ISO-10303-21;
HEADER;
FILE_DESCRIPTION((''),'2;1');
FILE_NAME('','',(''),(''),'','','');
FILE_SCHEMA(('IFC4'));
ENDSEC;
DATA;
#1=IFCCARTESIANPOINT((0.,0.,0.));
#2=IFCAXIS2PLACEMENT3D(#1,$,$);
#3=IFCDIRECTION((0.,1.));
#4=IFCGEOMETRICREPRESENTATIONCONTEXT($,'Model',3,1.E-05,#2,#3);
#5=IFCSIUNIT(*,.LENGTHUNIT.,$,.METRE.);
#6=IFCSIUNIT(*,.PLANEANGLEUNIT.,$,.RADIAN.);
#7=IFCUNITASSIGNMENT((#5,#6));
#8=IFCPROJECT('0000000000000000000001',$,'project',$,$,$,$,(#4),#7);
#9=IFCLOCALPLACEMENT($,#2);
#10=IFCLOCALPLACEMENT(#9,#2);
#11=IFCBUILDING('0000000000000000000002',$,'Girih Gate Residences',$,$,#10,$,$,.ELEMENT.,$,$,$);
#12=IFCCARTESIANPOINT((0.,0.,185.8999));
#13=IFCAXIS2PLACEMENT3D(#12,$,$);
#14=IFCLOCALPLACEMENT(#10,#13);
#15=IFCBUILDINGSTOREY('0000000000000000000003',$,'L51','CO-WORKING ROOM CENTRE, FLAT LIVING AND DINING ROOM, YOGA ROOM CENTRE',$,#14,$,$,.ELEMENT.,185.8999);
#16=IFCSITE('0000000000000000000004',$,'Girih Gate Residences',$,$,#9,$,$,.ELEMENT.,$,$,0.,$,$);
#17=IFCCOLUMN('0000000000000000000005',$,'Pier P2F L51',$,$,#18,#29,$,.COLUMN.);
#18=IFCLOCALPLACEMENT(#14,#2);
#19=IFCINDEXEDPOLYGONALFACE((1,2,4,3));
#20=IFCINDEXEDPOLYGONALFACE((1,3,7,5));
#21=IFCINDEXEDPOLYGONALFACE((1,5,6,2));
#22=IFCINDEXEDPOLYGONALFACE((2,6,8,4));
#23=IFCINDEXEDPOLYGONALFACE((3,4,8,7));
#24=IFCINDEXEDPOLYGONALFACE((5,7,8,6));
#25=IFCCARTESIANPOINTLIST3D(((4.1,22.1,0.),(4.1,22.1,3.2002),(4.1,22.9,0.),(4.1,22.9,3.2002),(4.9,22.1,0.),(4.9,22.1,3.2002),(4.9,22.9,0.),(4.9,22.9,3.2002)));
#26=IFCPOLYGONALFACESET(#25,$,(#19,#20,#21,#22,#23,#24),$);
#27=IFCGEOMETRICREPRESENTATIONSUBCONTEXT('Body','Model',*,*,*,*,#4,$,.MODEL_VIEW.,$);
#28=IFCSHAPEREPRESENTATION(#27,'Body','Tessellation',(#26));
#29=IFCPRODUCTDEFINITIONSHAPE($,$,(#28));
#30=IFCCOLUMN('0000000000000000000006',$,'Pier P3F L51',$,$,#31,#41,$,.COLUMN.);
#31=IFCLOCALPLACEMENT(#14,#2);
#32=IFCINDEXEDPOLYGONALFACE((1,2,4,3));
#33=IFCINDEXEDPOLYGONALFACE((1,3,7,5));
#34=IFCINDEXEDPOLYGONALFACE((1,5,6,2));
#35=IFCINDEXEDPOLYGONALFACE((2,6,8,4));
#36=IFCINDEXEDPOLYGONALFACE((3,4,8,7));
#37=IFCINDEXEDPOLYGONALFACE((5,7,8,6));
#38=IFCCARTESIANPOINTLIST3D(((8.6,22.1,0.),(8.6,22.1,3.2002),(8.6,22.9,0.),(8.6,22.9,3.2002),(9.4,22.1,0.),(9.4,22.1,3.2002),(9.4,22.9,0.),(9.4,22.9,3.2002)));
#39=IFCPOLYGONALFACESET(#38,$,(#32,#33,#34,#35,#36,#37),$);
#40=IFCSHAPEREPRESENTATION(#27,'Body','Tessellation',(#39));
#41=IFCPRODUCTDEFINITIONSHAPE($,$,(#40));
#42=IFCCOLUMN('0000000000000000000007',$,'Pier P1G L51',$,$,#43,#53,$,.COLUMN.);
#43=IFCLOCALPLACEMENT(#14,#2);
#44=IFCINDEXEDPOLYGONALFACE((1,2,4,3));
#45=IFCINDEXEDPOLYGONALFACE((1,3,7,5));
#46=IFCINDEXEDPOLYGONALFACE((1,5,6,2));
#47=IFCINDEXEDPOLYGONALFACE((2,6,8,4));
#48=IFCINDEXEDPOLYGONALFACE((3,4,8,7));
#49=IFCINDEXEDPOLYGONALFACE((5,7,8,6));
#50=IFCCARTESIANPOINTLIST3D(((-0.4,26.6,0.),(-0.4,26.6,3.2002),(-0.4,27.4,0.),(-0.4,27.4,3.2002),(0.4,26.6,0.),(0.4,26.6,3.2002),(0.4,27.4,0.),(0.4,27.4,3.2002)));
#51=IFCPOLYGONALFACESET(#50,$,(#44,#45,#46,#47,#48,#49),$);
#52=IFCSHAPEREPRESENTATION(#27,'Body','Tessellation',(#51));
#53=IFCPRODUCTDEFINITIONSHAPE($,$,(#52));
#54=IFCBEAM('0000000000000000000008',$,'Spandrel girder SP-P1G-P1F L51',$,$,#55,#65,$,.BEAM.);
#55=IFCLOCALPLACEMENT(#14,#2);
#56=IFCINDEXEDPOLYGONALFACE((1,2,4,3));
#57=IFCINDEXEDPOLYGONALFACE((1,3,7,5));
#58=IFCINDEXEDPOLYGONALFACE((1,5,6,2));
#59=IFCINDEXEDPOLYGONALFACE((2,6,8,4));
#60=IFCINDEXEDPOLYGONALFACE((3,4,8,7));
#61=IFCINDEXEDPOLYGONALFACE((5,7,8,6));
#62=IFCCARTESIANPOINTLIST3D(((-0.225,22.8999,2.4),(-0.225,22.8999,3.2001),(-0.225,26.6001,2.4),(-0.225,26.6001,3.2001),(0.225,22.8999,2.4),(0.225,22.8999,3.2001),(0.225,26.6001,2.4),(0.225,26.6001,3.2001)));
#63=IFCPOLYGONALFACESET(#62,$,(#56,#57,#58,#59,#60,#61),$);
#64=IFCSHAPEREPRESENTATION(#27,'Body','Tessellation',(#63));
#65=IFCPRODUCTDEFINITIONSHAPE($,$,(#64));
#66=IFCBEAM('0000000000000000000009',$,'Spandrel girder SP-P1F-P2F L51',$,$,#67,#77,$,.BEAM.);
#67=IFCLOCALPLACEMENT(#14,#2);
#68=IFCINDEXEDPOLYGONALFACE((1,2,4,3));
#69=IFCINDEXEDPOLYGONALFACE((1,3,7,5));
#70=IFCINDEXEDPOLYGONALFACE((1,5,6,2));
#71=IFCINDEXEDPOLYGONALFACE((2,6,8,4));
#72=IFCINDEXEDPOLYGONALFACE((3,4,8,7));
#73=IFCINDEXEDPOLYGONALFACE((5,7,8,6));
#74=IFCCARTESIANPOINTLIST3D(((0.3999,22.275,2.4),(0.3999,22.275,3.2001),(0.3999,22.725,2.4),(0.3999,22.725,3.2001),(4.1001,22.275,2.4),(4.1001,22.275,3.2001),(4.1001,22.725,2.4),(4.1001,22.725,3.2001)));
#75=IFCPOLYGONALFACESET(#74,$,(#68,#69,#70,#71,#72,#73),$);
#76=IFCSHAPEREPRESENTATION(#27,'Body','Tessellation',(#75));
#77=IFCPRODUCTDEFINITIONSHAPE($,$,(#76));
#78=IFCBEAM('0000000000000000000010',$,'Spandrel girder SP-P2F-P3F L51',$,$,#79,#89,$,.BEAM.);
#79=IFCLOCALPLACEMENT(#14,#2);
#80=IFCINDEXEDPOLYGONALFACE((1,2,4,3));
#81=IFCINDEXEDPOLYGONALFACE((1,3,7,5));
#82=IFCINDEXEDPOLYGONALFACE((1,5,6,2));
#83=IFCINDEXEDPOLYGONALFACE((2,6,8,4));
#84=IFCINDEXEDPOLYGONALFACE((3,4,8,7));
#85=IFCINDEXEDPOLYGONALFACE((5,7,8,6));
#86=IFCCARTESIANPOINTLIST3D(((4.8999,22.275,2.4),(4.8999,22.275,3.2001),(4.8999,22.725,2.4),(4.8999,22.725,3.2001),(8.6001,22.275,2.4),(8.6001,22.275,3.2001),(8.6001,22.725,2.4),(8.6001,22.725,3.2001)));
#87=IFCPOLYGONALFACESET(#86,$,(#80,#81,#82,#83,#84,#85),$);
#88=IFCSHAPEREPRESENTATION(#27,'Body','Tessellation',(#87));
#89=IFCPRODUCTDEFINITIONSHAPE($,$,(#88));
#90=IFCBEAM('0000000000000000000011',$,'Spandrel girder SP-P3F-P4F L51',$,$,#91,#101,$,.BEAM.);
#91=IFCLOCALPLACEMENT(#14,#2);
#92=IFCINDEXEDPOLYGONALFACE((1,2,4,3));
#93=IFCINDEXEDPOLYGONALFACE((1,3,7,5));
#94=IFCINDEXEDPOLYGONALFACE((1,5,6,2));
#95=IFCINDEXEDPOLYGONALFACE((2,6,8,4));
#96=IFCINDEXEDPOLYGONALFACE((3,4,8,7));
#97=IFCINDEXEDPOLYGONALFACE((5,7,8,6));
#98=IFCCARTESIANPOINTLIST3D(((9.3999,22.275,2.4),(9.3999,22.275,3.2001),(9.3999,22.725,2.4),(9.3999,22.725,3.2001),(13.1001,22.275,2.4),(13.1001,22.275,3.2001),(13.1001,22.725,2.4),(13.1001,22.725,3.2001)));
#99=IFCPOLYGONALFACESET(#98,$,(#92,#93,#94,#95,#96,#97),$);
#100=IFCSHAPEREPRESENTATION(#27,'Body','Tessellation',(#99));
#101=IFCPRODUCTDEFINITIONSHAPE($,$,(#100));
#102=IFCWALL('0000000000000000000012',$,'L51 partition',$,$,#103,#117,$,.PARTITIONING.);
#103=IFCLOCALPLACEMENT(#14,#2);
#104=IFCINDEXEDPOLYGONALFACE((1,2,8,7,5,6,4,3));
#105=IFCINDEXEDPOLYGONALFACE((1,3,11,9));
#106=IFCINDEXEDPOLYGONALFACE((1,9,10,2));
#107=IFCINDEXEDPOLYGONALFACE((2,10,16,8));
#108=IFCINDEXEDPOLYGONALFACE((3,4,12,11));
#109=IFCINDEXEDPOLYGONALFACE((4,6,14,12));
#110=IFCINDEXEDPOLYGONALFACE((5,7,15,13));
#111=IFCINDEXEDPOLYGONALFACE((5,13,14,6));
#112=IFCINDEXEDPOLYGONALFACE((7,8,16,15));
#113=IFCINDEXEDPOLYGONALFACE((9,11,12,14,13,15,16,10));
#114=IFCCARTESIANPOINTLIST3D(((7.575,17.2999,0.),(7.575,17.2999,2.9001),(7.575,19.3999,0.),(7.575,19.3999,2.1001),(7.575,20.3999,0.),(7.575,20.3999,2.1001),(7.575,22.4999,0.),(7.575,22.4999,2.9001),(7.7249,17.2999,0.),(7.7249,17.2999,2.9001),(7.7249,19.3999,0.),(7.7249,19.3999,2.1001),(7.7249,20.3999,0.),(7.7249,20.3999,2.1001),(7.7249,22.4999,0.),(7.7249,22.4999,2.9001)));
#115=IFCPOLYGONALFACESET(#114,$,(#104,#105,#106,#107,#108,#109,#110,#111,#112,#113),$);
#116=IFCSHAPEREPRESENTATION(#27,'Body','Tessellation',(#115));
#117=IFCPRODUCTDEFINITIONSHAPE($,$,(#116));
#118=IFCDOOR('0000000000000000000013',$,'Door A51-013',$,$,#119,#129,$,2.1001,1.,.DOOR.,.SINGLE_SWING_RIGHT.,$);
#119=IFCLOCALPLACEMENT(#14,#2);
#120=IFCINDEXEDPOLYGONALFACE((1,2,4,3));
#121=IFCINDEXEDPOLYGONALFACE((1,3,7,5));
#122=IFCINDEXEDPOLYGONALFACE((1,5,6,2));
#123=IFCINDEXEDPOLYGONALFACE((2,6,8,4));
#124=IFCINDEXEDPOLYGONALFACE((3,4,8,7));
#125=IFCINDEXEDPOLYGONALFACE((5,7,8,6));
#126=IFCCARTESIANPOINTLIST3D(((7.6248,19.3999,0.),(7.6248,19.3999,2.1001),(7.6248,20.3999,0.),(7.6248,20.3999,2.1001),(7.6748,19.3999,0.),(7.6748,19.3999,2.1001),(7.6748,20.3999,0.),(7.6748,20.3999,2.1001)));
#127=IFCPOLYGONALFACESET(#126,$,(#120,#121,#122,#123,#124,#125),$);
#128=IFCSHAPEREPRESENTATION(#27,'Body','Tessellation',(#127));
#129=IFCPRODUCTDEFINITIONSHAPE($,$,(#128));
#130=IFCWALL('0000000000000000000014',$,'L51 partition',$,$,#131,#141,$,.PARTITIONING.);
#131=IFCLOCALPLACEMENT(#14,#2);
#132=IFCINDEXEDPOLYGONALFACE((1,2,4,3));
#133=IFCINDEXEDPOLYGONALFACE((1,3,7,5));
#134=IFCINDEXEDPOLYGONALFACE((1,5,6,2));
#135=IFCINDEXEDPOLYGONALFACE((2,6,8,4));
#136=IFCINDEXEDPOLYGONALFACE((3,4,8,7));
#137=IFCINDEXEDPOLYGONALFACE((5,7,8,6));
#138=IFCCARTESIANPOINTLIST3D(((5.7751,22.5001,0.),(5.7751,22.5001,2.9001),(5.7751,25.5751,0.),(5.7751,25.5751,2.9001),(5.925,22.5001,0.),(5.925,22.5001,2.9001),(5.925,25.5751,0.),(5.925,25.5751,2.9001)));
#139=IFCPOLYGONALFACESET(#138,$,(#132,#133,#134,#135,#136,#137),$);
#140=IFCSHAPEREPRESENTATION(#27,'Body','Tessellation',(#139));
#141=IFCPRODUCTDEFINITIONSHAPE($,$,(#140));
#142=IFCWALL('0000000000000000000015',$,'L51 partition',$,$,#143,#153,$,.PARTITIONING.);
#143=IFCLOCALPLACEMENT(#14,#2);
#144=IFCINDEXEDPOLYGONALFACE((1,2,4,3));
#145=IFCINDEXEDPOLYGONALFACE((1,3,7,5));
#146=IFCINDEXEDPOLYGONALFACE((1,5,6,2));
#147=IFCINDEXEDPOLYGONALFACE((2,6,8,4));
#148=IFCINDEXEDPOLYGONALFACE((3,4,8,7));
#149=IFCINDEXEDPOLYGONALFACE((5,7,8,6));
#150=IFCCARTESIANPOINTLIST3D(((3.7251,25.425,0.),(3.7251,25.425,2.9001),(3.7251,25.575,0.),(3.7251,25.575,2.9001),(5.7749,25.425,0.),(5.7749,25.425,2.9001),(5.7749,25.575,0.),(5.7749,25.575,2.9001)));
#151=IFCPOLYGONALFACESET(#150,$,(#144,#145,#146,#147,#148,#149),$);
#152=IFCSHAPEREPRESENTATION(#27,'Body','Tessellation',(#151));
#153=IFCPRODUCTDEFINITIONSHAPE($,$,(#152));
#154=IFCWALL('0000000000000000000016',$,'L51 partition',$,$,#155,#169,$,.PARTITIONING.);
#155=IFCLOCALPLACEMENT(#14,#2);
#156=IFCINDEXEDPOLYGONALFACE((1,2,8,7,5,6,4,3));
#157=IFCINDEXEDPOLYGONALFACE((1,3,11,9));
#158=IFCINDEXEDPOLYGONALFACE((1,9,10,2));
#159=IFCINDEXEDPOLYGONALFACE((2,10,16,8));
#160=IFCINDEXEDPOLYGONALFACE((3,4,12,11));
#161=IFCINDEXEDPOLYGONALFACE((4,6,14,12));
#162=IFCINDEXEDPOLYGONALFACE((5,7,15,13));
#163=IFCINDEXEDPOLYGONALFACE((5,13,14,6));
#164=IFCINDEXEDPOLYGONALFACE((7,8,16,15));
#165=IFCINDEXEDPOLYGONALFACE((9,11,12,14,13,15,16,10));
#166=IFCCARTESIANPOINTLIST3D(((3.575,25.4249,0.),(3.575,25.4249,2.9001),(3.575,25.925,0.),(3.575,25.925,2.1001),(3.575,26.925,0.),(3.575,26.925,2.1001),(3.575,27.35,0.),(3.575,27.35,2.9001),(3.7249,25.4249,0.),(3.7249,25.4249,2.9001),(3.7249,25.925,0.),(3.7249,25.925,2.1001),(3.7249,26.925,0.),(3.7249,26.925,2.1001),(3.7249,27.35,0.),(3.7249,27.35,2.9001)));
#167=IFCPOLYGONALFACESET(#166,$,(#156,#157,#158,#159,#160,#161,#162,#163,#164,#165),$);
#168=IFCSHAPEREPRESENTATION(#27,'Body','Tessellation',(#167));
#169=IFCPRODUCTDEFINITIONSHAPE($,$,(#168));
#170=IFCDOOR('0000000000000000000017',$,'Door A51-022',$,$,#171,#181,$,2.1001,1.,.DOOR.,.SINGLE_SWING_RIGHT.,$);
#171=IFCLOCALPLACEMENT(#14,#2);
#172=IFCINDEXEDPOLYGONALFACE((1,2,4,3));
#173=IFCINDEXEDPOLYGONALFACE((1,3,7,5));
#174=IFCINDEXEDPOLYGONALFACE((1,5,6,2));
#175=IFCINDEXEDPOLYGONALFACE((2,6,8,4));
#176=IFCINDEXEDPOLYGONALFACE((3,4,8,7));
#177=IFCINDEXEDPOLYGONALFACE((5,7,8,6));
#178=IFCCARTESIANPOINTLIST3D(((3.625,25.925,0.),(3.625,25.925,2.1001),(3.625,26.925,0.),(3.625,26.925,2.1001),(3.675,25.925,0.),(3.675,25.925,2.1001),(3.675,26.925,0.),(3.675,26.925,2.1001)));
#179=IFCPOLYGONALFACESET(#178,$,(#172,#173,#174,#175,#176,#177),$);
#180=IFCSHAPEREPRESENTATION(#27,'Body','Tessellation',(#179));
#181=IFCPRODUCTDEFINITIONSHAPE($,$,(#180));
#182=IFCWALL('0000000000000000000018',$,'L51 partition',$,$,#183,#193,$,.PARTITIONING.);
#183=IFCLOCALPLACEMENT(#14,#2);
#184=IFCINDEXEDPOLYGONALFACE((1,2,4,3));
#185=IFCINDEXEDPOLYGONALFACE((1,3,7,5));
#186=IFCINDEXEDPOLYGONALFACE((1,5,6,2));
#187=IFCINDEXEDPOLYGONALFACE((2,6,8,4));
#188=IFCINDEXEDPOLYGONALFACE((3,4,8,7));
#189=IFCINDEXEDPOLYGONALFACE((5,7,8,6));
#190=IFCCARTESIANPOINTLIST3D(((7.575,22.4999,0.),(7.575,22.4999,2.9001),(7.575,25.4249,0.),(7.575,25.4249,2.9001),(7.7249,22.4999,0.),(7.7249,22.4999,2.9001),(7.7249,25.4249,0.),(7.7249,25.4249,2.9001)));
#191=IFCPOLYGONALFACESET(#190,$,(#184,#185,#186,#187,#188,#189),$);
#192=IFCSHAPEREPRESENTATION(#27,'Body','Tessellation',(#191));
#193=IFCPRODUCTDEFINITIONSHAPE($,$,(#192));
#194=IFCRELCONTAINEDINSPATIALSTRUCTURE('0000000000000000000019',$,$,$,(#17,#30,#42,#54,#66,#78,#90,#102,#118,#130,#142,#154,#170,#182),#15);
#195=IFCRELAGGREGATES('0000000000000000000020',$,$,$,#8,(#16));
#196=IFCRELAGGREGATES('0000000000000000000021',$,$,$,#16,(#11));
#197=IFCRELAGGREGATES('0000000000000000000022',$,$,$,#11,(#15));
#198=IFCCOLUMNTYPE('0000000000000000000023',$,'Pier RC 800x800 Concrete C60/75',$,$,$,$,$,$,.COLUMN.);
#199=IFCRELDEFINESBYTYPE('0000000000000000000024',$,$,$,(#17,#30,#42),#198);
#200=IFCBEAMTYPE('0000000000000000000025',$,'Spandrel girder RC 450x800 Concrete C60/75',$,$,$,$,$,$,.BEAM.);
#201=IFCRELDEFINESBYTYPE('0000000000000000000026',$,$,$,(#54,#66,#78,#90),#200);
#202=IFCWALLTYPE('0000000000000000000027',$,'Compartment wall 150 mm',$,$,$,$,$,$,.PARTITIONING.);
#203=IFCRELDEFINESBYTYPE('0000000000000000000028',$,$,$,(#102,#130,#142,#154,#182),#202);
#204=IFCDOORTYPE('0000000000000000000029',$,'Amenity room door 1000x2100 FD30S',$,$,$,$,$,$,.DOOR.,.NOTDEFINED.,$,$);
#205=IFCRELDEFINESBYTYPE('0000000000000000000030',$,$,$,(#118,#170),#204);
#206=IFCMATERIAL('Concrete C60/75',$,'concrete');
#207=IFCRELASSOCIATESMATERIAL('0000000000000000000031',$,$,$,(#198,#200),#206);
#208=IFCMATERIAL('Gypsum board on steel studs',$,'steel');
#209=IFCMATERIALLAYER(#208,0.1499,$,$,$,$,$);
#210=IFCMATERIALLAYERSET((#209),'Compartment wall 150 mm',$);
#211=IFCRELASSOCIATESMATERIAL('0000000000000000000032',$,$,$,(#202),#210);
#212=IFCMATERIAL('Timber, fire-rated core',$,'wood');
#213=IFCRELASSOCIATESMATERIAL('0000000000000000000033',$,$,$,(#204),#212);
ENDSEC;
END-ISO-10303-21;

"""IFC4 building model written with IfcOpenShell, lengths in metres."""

from ifc_helpers import new_model, si_unit, direction, frame, frame_2d, origin, origin_2d, place, context, subcontext, project, spatial, rectangle, extrude, material, layer, layer_set, material_profile, profile_set, type_object, element, fill, save


model = new_model("IFC4")

# Units and contexts
model_context = context("Model", 3, precision=1e-05, world=origin(), true_north=direction((0.0, 1.0)))
body_context = subcontext(model_context, "Body", "Model", "MODEL_VIEW")
ifc_project = project(units=[si_unit("LENGTHUNIT", "METRE"), si_unit("PLANEANGLEUNIT", "RADIAN")], contexts=[model_context])

# Site, building, storey
site_placement = place(None, origin())
site = spatial("IfcSite", under=ifc_project, at=site_placement, Name="Girih Gate Residences", CompositionType="ELEMENT", RefElevation=0.0)
building_placement = place(site_placement, origin())
building = spatial("IfcBuilding", under=site, at=building_placement, Name="Girih Gate Residences", CompositionType="ELEMENT")
storey_placement = place(building_placement, frame((0.0, 0.0, 185.8999)))
storey = spatial("IfcBuildingStorey", under=building, at=storey_placement, Name="L51", Description="CO-WORKING ROOM CENTRE, FLAT LIVING AND DINING ROOM, YOGA ROOM CENTRE", CompositionType="ELEMENT", Elevation=185.8999)

# Columns
ifc_material_1 = material(Name="Concrete C60/75", Category="concrete")
ifc_material_profile_1 = material_profile(ifc_material_1, rectangle(XDim=0.8, YDim=0.8, at=origin_2d()))
ifc_profile_set_1 = profile_set([ifc_material_profile_1], Name="Concrete C60/75")
column_type = type_object("IfcColumnType", Name="Pier RC 800x800 Concrete C60/75", PredefinedType="COLUMN", material=ifc_profile_set_1)
for number, where, z_axis, x_axis, name in (
    (1, (4.5, 22.5, 0.0), (0.0, 0.0, 1.0), (1.0, 0.0, 0.0), "Pier P2F L51"),
    (2, (9.0, 22.5, 0.0), (0.0, 0.0, 1.0), (1.0, 0.0, 0.0), "Pier P3F L51"),
    (3, (0.0, 27.0, 0.0), (0.0, 0.0, 1.0), (1.0, 0.0, 0.0), "Pier P1G L51"),
):
    element("IfcColumn", number, at=place(storey_placement, frame(where, z_axis=z_axis, x_axis=x_axis)), inside=storey, type_object=column_type, Name=name, PredefinedType="COLUMN", context=body_context, shape_type="SweptSolid", body=[
        extrude(rectangle(XDim=0.8, YDim=0.8, at=origin_2d()), origin(), (0.0, 0.0, 1.0), 3.2002),
    ])

# Beams
ifc_material_profile_2 = material_profile(ifc_material_1, rectangle(XDim=0.45, YDim=0.8, at=origin_2d()))
ifc_profile_set_2 = profile_set([ifc_material_profile_2], Name="Concrete C60/75")
beam_type = type_object("IfcBeamType", Name="Spandrel girder RC 450x800 Concrete C60/75", PredefinedType="BEAM", material=ifc_profile_set_2)
for number, where, z_axis, x_axis, name in (
    (4, (0.0, 26.6001, 2.8), (0.0, -1.0, 0.0), (1.0, 0.0, 0.0), "Spandrel girder SP-P1G-P1F L51"),
    (5, (0.3999, 22.5, 2.8), (1.0, 0.0, 0.0), (0.0, 1.0, 0.0), "Spandrel girder SP-P1F-P2F L51"),
    (6, (4.8999, 22.5, 2.8), (1.0, 0.0, 0.0), (0.0, 1.0, 0.0), "Spandrel girder SP-P2F-P3F L51"),
    (7, (9.3999, 22.5, 2.8), (1.0, 0.0, 0.0), (0.0, 1.0, 0.0), "Spandrel girder SP-P3F-P4F L51"),
):
    element("IfcBeam", number, at=place(storey_placement, frame(where, z_axis=z_axis, x_axis=x_axis)), inside=storey, type_object=beam_type, Name=name, PredefinedType="BEAM", context=body_context, shape_type="SweptSolid", body=[
        extrude(rectangle(XDim=0.45, YDim=0.8, at=origin_2d()), origin(), (0.0, 0.0, 1.0), 3.7002),
    ])

# Wall, opening, door
ifc_material_2 = material(Name="Gypsum board on steel studs", Category="steel")
ifc_layer_1 = layer(ifc_material_2, 0.1499)
ifc_layer_set_1 = layer_set([ifc_layer_1], Name="Compartment wall 150 mm")
wall_type_1 = type_object("IfcWallType", Name="Compartment wall 150 mm", PredefinedType="PARTITIONING", material=ifc_layer_set_1)
wall_1_placement = place(storey_placement, frame((7.6499, 22.5, 0.0), z_axis=(0.0, 0.0, 1.0), x_axis=(0.0, -1.0, 0.0)))
wall_1 = element("IfcWall", 8, at=wall_1_placement, inside=storey, type_object=wall_type_1, Name="L51 partition", PredefinedType="PARTITIONING", context=body_context, shape_type="SweptSolid", body=[
    extrude(rectangle(XDim=5.2, YDim=0.1499, at=frame_2d((2.6001, 0.0))), origin(), (0.0, 0.0, 1.0), 2.9001),
])
opening_1_placement = place(wall_1_placement, frame((2.1001, 0.0, 0.0)))
opening_1 = element("IfcOpeningElement", 9, at=opening_1_placement, cuts=wall_1, PredefinedType="OPENING", context=body_context, shape_type="SweptSolid", body=[
    extrude(rectangle(XDim=1.0, YDim=2.1001, at=frame_2d((0.5, 1.05))), frame((0.0, 0.085, 0.0), z_axis=(0.0, -1.0, 0.0), x_axis=(1.0, 0.0, 0.0)), (0.0, 0.0, 1.0), 0.1699),
])
ifc_material_3 = material(Name="Timber, fire-rated core", Category="wood")
door_type = type_object("IfcDoorType", Name="Amenity room door 1000x2100 FD30S", OperationType="NOTDEFINED", PredefinedType="DOOR", material=ifc_material_3)
door_1_placement = place(opening_1_placement, origin())
door_1 = element("IfcDoor", 10, at=door_1_placement, inside=storey, type_object=door_type, Name="Door A51-013", OperationType="SINGLE_SWING_RIGHT", OverallHeight=2.1001, OverallWidth=1.0, PredefinedType="DOOR", context=body_context, shape_type="SweptSolid", body=[
    extrude(rectangle(XDim=1.0, YDim=2.1001, at=frame_2d((0.5, 1.05))), frame((0.0, 0.0249, 0.0), z_axis=(0.0, -1.0, 0.0), x_axis=(1.0, 0.0, 0.0)), (0.0, 0.0, 1.0), 0.05),
])
fill(opening_1, door_1)

# Walls
wall_2_placement = place(storey_placement, frame((5.8501, 22.5, 0.0), z_axis=(0.0, 0.0, 1.0), x_axis=(0.0, 1.0, 0.0)))
element("IfcWall", 11, at=wall_2_placement, inside=storey, type_object=wall_type_1, Name="L51 partition", PredefinedType="PARTITIONING", context=body_context, shape_type="SweptSolid", body=[
    extrude(rectangle(XDim=3.075, YDim=0.1499, at=frame_2d((1.5376, 0.0))), origin(), (0.0, 0.0, 1.0), 2.9001),
])
wall_3_placement = place(storey_placement, frame((3.7251, 25.5, 0.0), z_axis=(0.0, 0.0, 1.0), x_axis=(1.0, 0.0, 0.0)))
element("IfcWall", 12, at=wall_3_placement, inside=storey, type_object=wall_type_1, Name="L51 partition", PredefinedType="PARTITIONING", context=body_context, shape_type="SweptSolid", body=[
    extrude(rectangle(XDim=2.0498, YDim=0.1499, at=frame_2d((1.0249, 0.0))), origin(), (0.0, 0.0, 1.0), 2.9001),
])

# Wall, opening, door
wall_4_placement = place(storey_placement, frame((3.6499, 25.425, 0.0), z_axis=(0.0, 0.0, 1.0), x_axis=(0.0, 1.0, 0.0)))
wall_4 = element("IfcWall", 13, at=wall_4_placement, inside=storey, type_object=wall_type_1, Name="L51 partition", PredefinedType="PARTITIONING", context=body_context, shape_type="SweptSolid", body=[
    extrude(rectangle(XDim=1.925, YDim=0.1499, at=frame_2d((0.9624, 0.0))), origin(), (0.0, 0.0, 1.0), 2.9001),
])
opening_2_placement = place(wall_4_placement, frame((0.5, 0.0, 0.0)))
opening_2 = element("IfcOpeningElement", 14, at=opening_2_placement, cuts=wall_4, PredefinedType="OPENING", context=body_context, shape_type="SweptSolid", body=[
    extrude(rectangle(XDim=1.0, YDim=2.1001, at=frame_2d((0.5, 1.05))), frame((0.0, 0.085, 0.0), z_axis=(0.0, -1.0, 0.0), x_axis=(1.0, 0.0, 0.0)), (0.0, 0.0, 1.0), 0.1699),
])
door_2_placement = place(opening_2_placement, origin())
door_2 = element("IfcDoor", 15, at=door_2_placement, inside=storey, type_object=door_type, Name="Door A51-022", OperationType="SINGLE_SWING_RIGHT", OverallHeight=2.1001, OverallWidth=1.0, PredefinedType="DOOR", context=body_context, shape_type="SweptSolid", body=[
    extrude(rectangle(XDim=1.0, YDim=2.1001, at=frame_2d((0.5, 1.05))), frame((0.0, 0.0249, 0.0), z_axis=(0.0, -1.0, 0.0), x_axis=(1.0, 0.0, 0.0)), (0.0, 0.0, 1.0), 0.05),
])
fill(opening_2, door_2)

# Wall
wall_5_placement = place(storey_placement, frame((7.6499, 22.5, 0.0), z_axis=(0.0, 0.0, 1.0), x_axis=(0.0, 1.0, 0.0)))
element("IfcWall", 16, at=wall_5_placement, inside=storey, type_object=wall_type_1, Name="L51 partition", PredefinedType="PARTITIONING", context=body_context, shape_type="SweptSolid", body=[
    extrude(rectangle(XDim=2.925, YDim=0.1499, at=frame_2d((1.4624, 0.0))), origin(), (0.0, 0.0, 1.0), 2.9001),
])

save(model, "model.ifc")
